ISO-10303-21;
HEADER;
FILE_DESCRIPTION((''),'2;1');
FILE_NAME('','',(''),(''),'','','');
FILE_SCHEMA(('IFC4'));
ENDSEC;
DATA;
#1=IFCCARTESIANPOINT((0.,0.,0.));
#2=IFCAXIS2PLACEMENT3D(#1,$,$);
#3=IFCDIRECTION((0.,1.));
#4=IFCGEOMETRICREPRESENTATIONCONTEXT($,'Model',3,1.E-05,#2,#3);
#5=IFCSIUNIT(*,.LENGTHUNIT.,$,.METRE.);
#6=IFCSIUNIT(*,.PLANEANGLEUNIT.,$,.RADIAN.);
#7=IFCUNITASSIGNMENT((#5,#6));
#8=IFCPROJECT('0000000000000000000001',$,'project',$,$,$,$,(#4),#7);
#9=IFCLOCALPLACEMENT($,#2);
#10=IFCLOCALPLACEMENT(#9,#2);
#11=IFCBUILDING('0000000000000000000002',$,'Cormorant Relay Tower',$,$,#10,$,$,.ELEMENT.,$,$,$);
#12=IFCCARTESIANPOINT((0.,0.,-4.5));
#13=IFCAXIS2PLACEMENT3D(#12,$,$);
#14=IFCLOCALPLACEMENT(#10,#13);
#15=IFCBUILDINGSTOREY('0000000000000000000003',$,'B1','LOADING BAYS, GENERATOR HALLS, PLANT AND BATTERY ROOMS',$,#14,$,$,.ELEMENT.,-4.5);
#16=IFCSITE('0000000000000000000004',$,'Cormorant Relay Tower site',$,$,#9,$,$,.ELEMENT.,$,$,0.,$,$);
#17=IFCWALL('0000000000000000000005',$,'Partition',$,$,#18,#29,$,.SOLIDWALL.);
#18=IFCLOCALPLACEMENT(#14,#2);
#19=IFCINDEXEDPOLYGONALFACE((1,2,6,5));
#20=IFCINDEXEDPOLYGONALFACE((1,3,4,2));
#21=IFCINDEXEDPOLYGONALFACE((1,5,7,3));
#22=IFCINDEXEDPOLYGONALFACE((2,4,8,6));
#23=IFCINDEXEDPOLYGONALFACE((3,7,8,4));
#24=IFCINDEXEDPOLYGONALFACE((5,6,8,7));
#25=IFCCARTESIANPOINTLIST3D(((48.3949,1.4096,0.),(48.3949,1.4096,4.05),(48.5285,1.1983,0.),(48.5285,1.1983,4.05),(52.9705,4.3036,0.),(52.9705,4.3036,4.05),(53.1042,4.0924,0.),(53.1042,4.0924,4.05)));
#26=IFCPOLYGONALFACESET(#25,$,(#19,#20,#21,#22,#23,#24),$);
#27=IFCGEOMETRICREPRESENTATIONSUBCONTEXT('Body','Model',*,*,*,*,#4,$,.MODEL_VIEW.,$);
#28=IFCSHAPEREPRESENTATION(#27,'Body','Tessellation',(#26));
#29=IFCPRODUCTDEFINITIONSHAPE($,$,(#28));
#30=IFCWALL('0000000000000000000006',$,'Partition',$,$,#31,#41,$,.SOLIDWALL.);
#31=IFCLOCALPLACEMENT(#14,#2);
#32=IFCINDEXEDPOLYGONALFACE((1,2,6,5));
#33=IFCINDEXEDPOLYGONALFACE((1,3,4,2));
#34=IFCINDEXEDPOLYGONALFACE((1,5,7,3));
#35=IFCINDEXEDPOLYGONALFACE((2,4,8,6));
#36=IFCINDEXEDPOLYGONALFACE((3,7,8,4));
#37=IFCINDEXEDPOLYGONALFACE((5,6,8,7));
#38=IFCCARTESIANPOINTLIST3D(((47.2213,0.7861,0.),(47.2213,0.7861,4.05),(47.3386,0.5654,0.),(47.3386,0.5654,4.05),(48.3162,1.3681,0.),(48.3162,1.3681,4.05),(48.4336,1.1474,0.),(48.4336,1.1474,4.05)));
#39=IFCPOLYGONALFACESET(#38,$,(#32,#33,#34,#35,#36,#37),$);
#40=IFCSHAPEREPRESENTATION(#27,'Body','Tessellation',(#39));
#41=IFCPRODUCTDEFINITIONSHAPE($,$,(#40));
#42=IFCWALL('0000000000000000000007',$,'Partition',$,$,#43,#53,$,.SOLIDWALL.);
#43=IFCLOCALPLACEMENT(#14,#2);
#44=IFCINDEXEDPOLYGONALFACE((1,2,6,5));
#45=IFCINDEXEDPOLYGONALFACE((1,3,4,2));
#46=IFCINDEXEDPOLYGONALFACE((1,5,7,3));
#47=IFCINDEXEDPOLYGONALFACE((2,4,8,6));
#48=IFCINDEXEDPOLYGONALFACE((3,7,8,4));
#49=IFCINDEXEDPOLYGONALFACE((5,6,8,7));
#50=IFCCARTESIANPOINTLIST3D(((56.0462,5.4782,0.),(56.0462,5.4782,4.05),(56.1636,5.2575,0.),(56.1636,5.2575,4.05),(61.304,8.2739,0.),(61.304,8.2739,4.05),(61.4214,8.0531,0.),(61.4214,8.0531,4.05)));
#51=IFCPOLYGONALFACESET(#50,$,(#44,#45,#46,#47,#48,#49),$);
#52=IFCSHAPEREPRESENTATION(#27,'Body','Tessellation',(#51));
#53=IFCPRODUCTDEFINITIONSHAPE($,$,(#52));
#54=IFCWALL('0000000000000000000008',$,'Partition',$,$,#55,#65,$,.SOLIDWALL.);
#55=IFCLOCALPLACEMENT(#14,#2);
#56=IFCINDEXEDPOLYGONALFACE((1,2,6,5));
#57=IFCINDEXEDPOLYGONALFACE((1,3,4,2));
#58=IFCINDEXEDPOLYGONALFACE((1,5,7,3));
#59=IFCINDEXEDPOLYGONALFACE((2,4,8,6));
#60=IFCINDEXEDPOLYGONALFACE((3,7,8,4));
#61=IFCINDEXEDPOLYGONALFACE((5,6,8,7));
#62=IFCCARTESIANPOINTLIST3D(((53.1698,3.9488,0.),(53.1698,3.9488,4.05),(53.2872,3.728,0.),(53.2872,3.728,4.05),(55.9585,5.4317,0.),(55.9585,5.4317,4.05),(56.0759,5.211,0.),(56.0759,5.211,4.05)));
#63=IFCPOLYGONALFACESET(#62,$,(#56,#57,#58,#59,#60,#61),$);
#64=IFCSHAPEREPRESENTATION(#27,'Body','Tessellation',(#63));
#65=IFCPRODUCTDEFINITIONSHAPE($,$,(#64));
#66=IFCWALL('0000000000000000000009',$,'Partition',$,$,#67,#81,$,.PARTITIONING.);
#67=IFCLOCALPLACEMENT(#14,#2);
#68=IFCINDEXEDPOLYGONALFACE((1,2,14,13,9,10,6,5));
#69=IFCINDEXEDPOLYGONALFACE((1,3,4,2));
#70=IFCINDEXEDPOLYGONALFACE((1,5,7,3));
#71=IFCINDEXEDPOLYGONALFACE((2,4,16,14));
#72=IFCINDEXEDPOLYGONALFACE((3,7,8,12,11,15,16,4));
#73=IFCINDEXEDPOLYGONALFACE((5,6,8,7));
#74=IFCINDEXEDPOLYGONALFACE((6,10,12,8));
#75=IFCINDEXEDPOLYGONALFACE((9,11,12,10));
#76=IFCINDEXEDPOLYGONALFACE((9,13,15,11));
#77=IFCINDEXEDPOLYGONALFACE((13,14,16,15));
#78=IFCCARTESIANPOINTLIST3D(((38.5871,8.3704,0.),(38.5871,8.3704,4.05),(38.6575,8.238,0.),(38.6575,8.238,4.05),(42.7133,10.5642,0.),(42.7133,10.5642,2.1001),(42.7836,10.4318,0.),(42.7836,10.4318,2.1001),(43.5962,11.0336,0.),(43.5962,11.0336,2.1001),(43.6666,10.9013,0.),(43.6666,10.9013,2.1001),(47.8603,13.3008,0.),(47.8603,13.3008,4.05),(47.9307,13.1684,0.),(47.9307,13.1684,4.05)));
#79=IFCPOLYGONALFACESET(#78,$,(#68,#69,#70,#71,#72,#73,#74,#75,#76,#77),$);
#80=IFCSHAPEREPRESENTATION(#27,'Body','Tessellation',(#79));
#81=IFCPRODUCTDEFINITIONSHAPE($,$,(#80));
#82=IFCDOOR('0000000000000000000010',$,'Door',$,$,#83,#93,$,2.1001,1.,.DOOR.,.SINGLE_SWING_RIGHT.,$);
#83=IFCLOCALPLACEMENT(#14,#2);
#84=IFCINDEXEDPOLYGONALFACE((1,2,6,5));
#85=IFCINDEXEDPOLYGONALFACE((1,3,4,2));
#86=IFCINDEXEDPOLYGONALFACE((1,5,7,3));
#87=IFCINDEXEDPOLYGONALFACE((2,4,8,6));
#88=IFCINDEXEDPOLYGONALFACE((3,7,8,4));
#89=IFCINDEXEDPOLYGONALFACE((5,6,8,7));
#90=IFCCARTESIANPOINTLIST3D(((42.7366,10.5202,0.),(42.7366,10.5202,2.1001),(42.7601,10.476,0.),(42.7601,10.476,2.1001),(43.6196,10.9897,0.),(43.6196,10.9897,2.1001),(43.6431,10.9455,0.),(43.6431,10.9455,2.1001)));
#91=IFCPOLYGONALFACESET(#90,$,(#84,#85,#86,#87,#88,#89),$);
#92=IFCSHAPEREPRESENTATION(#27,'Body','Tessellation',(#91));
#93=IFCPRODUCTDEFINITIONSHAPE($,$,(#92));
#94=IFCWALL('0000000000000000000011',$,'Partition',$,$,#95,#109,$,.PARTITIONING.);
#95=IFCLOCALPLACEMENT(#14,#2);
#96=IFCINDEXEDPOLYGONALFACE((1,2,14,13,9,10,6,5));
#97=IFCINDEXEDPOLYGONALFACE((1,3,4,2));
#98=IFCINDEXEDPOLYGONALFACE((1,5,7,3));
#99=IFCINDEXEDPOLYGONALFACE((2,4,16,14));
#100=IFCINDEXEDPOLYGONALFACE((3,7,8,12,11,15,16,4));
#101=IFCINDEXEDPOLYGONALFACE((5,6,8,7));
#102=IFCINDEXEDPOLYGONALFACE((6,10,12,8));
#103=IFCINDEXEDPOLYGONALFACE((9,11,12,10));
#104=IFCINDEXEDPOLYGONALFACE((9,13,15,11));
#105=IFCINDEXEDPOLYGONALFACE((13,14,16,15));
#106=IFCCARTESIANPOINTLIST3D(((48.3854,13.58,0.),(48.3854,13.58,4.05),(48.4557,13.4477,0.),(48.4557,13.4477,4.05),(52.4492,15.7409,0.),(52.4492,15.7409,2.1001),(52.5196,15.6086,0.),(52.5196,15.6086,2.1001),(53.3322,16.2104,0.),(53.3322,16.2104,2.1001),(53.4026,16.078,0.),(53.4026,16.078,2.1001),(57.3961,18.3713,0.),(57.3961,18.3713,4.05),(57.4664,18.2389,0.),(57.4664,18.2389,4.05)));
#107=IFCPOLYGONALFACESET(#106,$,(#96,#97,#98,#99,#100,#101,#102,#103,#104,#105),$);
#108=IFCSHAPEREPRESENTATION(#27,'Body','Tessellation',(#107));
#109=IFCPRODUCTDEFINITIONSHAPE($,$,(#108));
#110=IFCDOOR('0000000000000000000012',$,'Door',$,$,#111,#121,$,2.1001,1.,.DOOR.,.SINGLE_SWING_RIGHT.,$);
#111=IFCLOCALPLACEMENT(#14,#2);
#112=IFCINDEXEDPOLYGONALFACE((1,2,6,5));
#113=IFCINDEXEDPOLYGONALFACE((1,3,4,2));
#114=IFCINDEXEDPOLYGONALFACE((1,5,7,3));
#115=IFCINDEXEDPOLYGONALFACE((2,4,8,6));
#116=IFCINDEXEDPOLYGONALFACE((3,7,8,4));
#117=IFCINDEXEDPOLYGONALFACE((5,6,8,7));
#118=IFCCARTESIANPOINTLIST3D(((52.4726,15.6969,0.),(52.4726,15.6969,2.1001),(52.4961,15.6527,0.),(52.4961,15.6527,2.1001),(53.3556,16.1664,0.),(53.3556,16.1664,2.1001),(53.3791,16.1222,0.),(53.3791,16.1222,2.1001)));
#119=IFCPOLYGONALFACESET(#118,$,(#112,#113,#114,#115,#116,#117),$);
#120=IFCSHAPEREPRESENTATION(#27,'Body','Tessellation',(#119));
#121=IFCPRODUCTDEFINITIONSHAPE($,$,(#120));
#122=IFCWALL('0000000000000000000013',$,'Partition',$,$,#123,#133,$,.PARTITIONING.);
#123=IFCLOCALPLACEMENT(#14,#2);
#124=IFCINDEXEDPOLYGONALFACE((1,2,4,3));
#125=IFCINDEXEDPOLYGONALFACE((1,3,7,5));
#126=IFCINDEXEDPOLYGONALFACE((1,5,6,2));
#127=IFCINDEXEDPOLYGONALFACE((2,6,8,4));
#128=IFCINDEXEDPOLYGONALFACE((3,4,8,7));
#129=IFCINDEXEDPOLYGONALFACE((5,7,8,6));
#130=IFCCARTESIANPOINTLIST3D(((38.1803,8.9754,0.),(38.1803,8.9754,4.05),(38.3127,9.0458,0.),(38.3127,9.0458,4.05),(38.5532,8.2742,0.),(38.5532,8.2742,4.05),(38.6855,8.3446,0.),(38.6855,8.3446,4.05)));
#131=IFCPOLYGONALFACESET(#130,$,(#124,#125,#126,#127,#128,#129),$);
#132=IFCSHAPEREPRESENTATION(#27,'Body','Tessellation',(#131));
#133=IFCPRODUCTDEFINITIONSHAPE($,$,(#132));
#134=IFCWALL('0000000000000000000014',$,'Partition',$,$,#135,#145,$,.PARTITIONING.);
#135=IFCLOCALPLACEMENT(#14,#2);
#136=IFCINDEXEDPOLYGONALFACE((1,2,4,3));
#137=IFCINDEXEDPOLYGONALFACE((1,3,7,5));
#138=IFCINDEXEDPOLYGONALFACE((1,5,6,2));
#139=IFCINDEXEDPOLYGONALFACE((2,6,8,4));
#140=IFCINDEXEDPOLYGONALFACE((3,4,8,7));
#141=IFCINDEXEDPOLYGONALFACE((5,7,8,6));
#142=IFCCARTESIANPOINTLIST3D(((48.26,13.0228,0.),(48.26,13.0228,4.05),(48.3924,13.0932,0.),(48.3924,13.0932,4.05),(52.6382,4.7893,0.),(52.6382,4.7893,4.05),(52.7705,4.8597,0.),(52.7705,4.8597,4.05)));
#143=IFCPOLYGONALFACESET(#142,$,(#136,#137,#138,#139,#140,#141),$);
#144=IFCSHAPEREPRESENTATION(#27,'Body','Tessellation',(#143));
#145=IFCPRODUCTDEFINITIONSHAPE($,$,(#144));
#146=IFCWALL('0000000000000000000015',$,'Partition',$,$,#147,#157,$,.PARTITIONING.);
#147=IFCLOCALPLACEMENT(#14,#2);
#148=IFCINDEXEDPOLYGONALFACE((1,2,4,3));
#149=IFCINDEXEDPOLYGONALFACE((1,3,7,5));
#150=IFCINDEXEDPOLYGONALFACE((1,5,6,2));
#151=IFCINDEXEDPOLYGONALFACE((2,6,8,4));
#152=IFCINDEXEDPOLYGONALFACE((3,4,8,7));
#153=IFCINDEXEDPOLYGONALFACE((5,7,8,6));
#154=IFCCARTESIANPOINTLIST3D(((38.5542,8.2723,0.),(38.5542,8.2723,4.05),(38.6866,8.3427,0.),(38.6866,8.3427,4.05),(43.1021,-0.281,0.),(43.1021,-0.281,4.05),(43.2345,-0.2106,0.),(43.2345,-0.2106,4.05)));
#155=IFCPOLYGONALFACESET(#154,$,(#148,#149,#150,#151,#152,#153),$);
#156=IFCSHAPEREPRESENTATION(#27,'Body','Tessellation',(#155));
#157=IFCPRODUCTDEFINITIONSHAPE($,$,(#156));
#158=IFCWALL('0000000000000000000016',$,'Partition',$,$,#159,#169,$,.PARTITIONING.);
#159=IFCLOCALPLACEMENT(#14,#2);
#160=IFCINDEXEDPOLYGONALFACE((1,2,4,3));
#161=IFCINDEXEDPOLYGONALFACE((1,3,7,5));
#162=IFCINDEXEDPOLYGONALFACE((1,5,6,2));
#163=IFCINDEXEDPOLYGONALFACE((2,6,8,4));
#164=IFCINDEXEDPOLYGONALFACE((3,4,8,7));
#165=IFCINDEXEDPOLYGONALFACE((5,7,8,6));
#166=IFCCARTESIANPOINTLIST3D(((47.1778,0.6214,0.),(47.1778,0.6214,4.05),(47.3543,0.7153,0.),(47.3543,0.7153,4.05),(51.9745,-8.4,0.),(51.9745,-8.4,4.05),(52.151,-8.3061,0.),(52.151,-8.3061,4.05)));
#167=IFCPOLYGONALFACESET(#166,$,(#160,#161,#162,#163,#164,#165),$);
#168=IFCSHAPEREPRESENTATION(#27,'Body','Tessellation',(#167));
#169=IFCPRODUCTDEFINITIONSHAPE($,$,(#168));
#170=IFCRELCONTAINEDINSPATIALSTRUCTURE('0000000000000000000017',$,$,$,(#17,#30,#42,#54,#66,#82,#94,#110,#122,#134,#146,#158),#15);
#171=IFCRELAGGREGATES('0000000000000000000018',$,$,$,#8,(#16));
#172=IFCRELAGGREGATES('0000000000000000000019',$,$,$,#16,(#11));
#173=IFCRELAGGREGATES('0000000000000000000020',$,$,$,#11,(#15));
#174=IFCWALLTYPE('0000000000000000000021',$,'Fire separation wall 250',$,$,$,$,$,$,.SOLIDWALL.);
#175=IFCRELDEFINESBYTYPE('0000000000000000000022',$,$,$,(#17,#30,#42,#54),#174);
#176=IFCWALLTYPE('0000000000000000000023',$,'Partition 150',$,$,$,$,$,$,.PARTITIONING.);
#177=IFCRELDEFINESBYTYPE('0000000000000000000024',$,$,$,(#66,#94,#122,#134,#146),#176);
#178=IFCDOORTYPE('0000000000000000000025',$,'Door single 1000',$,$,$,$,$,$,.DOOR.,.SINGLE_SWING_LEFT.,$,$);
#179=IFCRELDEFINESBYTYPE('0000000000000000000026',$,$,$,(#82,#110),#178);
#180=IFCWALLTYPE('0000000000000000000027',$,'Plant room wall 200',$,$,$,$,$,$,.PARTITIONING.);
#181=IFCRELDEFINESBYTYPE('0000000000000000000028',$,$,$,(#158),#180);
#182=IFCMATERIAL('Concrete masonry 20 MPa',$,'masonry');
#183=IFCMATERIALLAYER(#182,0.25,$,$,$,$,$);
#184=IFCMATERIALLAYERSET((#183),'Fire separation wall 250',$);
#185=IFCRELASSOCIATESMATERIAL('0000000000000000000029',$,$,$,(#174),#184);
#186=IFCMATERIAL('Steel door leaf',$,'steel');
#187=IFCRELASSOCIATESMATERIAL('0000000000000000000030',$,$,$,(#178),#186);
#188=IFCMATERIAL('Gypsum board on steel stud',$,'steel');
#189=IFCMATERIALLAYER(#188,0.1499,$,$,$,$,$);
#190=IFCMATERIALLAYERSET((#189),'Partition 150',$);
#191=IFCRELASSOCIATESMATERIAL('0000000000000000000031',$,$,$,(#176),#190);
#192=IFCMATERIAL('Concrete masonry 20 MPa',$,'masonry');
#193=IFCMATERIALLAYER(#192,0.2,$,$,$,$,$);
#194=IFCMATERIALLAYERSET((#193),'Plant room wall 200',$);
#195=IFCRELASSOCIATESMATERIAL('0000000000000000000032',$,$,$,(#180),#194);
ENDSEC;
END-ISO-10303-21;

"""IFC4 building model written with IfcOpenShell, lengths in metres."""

from ifc_helpers import new_model, si_unit, direction, frame, frame_2d, origin, place, context, subcontext, project, spatial, rectangle, extrude, material, layer, layer_set, type_object, element, fill, save


model = new_model("IFC4")

# Units and contexts
model_context = context("Model", 3, precision=1e-05, world=origin(), true_north=direction((0.0, 1.0)))
body_context = subcontext(model_context, "Body", "Model", "MODEL_VIEW")
ifc_project = project(units=[si_unit("LENGTHUNIT", "METRE"), si_unit("PLANEANGLEUNIT", "RADIAN")], contexts=[model_context])

# Site, building, storey
site_placement = place(None, origin())
site = spatial("IfcSite", under=ifc_project, at=site_placement, Name="Cormorant Relay Tower site", CompositionType="ELEMENT", RefElevation=0.0)
building_placement = place(site_placement, origin())
building = spatial("IfcBuilding", under=site, at=building_placement, Name="Cormorant Relay Tower", CompositionType="ELEMENT")
storey_placement = place(building_placement, frame((0.0, 0.0, -4.5)))
storey = spatial("IfcBuildingStorey", under=building, at=storey_placement, Name="B1", Description="LOADING BAYS, GENERATOR HALLS, PLANT AND BATTERY ROOMS", CompositionType="ELEMENT", Elevation=-4.5)

# Shared definitions
ifc_material_1 = material(Name="Concrete masonry 20 MPa", Category="masonry")
ifc_layer_1 = layer(ifc_material_1, 0.25)
ifc_layer_set_1 = layer_set([ifc_layer_1], Name="Fire separation wall 250")
wall_type_1 = type_object("IfcWallType", Name="Fire separation wall 250", PredefinedType="SOLIDWALL", material=ifc_layer_set_1)

# Shared definitions
ifc_material_2 = material(Name="Steel door leaf", Category="steel")
door_type_1 = type_object("IfcDoorType", Name="Door single 1000", OperationType="SINGLE_SWING_LEFT", PredefinedType="DOOR", material=ifc_material_2)

# Walls
wall_1_placement = place(storey_placement, frame((53.0374, 4.198, 0.0), z_axis=(0.0, 0.0, 1.0), x_axis=(-0.845144, -0.534539, 0.0)))
element("IfcWall", 1, at=wall_1_placement, inside=storey, type_object=wall_type_1, Name="Partition", PredefinedType="SOLIDWALL", context=body_context, shape_type="SweptSolid", body=[
    extrude(rectangle(XDim=5.4141, YDim=0.25, at=frame_2d((2.707, 0.0))), origin(), (0.0, 0.0, 1.0), 4.05),
])
wall_2_placement = place(storey_placement, frame((48.375, 1.2578, 0.0), z_axis=(0.0, 0.0, 1.0), x_axis=(-0.883006, -0.469362, 0.0)))
element("IfcWall", 2, at=wall_2_placement, inside=storey, type_object=wall_type_1, Name="Partition", PredefinedType="SOLIDWALL", context=body_context, shape_type="SweptSolid", body=[
    extrude(rectangle(XDim=1.24, YDim=0.25, at=frame_2d((0.6201, 0.0))), origin(), (0.0, 0.0, 1.0), 4.05),
])
wall_3_placement = place(storey_placement, frame((61.3628, 8.1636, 0.0), z_axis=(0.0, 0.0, 1.0), x_axis=(-0.882946, -0.469475, 0.0)))
element("IfcWall", 3, at=wall_3_placement, inside=storey, type_object=wall_type_1, Name="Partition", PredefinedType="SOLIDWALL", context=body_context, shape_type="SweptSolid", body=[
    extrude(rectangle(XDim=5.9548, YDim=0.25, at=frame_2d((2.9775, 0.0))), origin(), (0.0, 0.0, 1.0), 4.05),
])
wall_4_placement = place(storey_placement, frame((56.0171, 5.3213, 0.0), z_axis=(0.0, 0.0, 1.0), x_axis=(-0.882921, -0.469521, 0.0)))
element("IfcWall", 4, at=wall_4_placement, inside=storey, type_object=wall_type_1, Name="Partition", PredefinedType="SOLIDWALL", context=body_context, shape_type="SweptSolid", body=[
    extrude(rectangle(XDim=3.1584, YDim=0.25, at=frame_2d((1.5791, 0.0))), origin(), (0.0, 0.0, 1.0), 4.05),
])

# Walls, openings, doors
ifc_material_3 = material(Name="Gypsum board on steel stud", Category="steel")
ifc_layer_2 = layer(ifc_material_3, 0.1499)
ifc_layer_set_2 = layer_set([ifc_layer_2], Name="Partition 150")
wall_type_2 = type_object("IfcWallType", Name="Partition 150", PredefinedType="PARTITIONING", material=ifc_layer_set_2)
wall_5_placement = place(storey_placement, frame((38.6223, 8.3042, 0.0), z_axis=(0.0, 0.0, 1.0), x_axis=(0.882956, 0.469455, 0.0)))
wall_5 = element("IfcWall", 5, at=wall_5_placement, inside=storey, type_object=wall_type_2, Name="Partition", PredefinedType="PARTITIONING", context=body_context, shape_type="SweptSolid", body=[
    extrude(rectangle(XDim=10.5024, YDim=0.1499, at=frame_2d((5.2512, 0.0))), origin(), (0.0, 0.0, 1.0), 4.05),
])
opening_1_placement = place(wall_5_placement, frame((4.6731, 0.0, 0.0)))
opening_1 = element("IfcOpeningElement", 6, at=opening_1_placement, cuts=wall_5, PredefinedType="OPENING", context=body_context, shape_type="SweptSolid", body=[
    extrude(rectangle(XDim=1.0, YDim=2.1001, at=frame_2d((0.5, 1.05))), frame((0.0, 0.085, 0.0), z_axis=(0.0, -1.0, 0.0), x_axis=(1.0, 0.0, 0.0)), (0.0, 0.0, 1.0), 0.1699),
])
door_1_placement = place(opening_1_placement, frame((1.0, 0.0, 0.0), z_axis=(0.0, 0.0, 1.0), x_axis=(-1.0, 0.0, 0.0)))
door_1 = element("IfcDoor", 7, at=door_1_placement, inside=storey, type_object=door_type_1, Name="Door", OperationType="SINGLE_SWING_RIGHT", OverallHeight=2.1001, OverallWidth=1.0, PredefinedType="DOOR", context=body_context, shape_type="SweptSolid", body=[
    extrude(rectangle(XDim=1.0, YDim=2.1001, at=frame_2d((0.5, 1.05))), frame((0.0, 0.0249, 0.0), z_axis=(0.0, -1.0, 0.0), x_axis=(1.0, 0.0, 0.0)), (0.0, 0.0, 1.0), 0.05),
])
fill(opening_1, door_1)
wall_6_placement = place(storey_placement, frame((48.4207, 13.5139, 0.0), z_axis=(0.0, 0.0, 1.0), x_axis=(0.882941, 0.469484, 0.0)))
wall_6 = element("IfcWall", 8, at=wall_6_placement, inside=storey, type_object=wall_type_2, Name="Partition", PredefinedType="PARTITIONING", context=body_context, shape_type="SweptSolid", body=[
    extrude(rectangle(XDim=10.2053, YDim=0.1499, at=frame_2d((5.1025, 0.0))), origin(), (0.0, 0.0, 1.0), 4.05),
])
opening_2_placement = place(wall_6_placement, frame((4.6025, 0.0, 0.0)))
opening_2 = element("IfcOpeningElement", 9, at=opening_2_placement, cuts=wall_6, PredefinedType="OPENING", context=body_context, shape_type="SweptSolid", body=[
    extrude(rectangle(XDim=1.0, YDim=2.1001, at=frame_2d((0.5, 1.05))), frame((0.0, 0.085, 0.0), z_axis=(0.0, -1.0, 0.0), x_axis=(1.0, 0.0, 0.0)), (0.0, 0.0, 1.0), 0.1699),
])
door_2_placement = place(opening_2_placement, frame((1.0, 0.0, 0.0), z_axis=(0.0, 0.0, 1.0), x_axis=(-1.0, 0.0, 0.0)))
door_2 = element("IfcDoor", 10, at=door_2_placement, inside=storey, type_object=door_type_1, Name="Door", OperationType="SINGLE_SWING_RIGHT", OverallHeight=2.1001, OverallWidth=1.0, PredefinedType="DOOR", context=body_context, shape_type="SweptSolid", body=[
    extrude(rectangle(XDim=1.0, YDim=2.1001, at=frame_2d((0.5, 1.05))), frame((0.0, 0.0249, 0.0), z_axis=(0.0, -1.0, 0.0), x_axis=(1.0, 0.0, 0.0)), (0.0, 0.0, 1.0), 0.05),
])
fill(opening_2, door_2)

# Walls
wall_7_placement = place(storey_placement, frame((38.2466, 9.0105, 0.0), z_axis=(0.0, 0.0, 1.0), x_axis=(0.469455, -0.882956, 0.0)))
element("IfcWall", 11, at=wall_7_placement, inside=storey, type_object=wall_type_2, Name="Partition", PredefinedType="PARTITIONING", context=body_context, shape_type="SweptSolid", body=[
    extrude(rectangle(XDim=0.7942, YDim=0.1499, at=frame_2d((0.397, 0.0))), origin(), (0.0, 0.0, 1.0), 4.05),
])
wall_8_placement = place(storey_placement, frame((52.7043, 4.8245, 0.0), z_axis=(0.0, 0.0, 1.0), x_axis=(-0.469494, 0.882936, 0.0)))
element("IfcWall", 12, at=wall_8_placement, inside=storey, type_object=wall_type_2, Name="Partition", PredefinedType="PARTITIONING", context=body_context, shape_type="SweptSolid", body=[
    extrude(rectangle(XDim=9.3252, YDim=0.1499, at=frame_2d((4.6626, 0.0))), origin(), (0.0, 0.0, 1.0), 4.05),
])
wall_9_placement = place(storey_placement, frame((38.6204, 8.3076, 0.0), z_axis=(0.0, 0.0, 1.0), x_axis=(0.469473, -0.882947, 0.0)))
element("IfcWall", 13, at=wall_9_placement, inside=storey, type_object=wall_type_2, Name="Partition", PredefinedType="PARTITIONING", context=body_context, shape_type="SweptSolid", body=[
    extrude(rectangle(XDim=9.6873, YDim=0.1499, at=frame_2d((4.8438, 0.0))), origin(), (0.0, 0.0, 1.0), 4.05),
])
ifc_material_4 = material(Name="Concrete masonry 20 MPa", Category="masonry")
ifc_layer_3 = layer(ifc_material_4, 0.2)
ifc_layer_set_3 = layer_set([ifc_layer_3], Name="Plant room wall 200")
wall_type_3 = type_object("IfcWallType", Name="Plant room wall 200", PredefinedType="PARTITIONING", material=ifc_layer_set_3)
wall_10_placement = place(storey_placement, frame((52.0627, -8.353, 0.0), z_axis=(0.0, 0.0, 1.0), x_axis=(-0.469468, 0.88295, 0.0)))
element("IfcWall", 14, at=wall_10_placement, inside=storey, type_object=wall_type_3, Name="Partition", PredefinedType="PARTITIONING", context=body_context, shape_type="SweptSolid", body=[
    extrude(rectangle(XDim=10.2173, YDim=0.2, at=frame_2d((5.1086, 0.0))), origin(), (0.0, 0.0, 1.0), 4.05),
])

save(model, "model.ifc")
